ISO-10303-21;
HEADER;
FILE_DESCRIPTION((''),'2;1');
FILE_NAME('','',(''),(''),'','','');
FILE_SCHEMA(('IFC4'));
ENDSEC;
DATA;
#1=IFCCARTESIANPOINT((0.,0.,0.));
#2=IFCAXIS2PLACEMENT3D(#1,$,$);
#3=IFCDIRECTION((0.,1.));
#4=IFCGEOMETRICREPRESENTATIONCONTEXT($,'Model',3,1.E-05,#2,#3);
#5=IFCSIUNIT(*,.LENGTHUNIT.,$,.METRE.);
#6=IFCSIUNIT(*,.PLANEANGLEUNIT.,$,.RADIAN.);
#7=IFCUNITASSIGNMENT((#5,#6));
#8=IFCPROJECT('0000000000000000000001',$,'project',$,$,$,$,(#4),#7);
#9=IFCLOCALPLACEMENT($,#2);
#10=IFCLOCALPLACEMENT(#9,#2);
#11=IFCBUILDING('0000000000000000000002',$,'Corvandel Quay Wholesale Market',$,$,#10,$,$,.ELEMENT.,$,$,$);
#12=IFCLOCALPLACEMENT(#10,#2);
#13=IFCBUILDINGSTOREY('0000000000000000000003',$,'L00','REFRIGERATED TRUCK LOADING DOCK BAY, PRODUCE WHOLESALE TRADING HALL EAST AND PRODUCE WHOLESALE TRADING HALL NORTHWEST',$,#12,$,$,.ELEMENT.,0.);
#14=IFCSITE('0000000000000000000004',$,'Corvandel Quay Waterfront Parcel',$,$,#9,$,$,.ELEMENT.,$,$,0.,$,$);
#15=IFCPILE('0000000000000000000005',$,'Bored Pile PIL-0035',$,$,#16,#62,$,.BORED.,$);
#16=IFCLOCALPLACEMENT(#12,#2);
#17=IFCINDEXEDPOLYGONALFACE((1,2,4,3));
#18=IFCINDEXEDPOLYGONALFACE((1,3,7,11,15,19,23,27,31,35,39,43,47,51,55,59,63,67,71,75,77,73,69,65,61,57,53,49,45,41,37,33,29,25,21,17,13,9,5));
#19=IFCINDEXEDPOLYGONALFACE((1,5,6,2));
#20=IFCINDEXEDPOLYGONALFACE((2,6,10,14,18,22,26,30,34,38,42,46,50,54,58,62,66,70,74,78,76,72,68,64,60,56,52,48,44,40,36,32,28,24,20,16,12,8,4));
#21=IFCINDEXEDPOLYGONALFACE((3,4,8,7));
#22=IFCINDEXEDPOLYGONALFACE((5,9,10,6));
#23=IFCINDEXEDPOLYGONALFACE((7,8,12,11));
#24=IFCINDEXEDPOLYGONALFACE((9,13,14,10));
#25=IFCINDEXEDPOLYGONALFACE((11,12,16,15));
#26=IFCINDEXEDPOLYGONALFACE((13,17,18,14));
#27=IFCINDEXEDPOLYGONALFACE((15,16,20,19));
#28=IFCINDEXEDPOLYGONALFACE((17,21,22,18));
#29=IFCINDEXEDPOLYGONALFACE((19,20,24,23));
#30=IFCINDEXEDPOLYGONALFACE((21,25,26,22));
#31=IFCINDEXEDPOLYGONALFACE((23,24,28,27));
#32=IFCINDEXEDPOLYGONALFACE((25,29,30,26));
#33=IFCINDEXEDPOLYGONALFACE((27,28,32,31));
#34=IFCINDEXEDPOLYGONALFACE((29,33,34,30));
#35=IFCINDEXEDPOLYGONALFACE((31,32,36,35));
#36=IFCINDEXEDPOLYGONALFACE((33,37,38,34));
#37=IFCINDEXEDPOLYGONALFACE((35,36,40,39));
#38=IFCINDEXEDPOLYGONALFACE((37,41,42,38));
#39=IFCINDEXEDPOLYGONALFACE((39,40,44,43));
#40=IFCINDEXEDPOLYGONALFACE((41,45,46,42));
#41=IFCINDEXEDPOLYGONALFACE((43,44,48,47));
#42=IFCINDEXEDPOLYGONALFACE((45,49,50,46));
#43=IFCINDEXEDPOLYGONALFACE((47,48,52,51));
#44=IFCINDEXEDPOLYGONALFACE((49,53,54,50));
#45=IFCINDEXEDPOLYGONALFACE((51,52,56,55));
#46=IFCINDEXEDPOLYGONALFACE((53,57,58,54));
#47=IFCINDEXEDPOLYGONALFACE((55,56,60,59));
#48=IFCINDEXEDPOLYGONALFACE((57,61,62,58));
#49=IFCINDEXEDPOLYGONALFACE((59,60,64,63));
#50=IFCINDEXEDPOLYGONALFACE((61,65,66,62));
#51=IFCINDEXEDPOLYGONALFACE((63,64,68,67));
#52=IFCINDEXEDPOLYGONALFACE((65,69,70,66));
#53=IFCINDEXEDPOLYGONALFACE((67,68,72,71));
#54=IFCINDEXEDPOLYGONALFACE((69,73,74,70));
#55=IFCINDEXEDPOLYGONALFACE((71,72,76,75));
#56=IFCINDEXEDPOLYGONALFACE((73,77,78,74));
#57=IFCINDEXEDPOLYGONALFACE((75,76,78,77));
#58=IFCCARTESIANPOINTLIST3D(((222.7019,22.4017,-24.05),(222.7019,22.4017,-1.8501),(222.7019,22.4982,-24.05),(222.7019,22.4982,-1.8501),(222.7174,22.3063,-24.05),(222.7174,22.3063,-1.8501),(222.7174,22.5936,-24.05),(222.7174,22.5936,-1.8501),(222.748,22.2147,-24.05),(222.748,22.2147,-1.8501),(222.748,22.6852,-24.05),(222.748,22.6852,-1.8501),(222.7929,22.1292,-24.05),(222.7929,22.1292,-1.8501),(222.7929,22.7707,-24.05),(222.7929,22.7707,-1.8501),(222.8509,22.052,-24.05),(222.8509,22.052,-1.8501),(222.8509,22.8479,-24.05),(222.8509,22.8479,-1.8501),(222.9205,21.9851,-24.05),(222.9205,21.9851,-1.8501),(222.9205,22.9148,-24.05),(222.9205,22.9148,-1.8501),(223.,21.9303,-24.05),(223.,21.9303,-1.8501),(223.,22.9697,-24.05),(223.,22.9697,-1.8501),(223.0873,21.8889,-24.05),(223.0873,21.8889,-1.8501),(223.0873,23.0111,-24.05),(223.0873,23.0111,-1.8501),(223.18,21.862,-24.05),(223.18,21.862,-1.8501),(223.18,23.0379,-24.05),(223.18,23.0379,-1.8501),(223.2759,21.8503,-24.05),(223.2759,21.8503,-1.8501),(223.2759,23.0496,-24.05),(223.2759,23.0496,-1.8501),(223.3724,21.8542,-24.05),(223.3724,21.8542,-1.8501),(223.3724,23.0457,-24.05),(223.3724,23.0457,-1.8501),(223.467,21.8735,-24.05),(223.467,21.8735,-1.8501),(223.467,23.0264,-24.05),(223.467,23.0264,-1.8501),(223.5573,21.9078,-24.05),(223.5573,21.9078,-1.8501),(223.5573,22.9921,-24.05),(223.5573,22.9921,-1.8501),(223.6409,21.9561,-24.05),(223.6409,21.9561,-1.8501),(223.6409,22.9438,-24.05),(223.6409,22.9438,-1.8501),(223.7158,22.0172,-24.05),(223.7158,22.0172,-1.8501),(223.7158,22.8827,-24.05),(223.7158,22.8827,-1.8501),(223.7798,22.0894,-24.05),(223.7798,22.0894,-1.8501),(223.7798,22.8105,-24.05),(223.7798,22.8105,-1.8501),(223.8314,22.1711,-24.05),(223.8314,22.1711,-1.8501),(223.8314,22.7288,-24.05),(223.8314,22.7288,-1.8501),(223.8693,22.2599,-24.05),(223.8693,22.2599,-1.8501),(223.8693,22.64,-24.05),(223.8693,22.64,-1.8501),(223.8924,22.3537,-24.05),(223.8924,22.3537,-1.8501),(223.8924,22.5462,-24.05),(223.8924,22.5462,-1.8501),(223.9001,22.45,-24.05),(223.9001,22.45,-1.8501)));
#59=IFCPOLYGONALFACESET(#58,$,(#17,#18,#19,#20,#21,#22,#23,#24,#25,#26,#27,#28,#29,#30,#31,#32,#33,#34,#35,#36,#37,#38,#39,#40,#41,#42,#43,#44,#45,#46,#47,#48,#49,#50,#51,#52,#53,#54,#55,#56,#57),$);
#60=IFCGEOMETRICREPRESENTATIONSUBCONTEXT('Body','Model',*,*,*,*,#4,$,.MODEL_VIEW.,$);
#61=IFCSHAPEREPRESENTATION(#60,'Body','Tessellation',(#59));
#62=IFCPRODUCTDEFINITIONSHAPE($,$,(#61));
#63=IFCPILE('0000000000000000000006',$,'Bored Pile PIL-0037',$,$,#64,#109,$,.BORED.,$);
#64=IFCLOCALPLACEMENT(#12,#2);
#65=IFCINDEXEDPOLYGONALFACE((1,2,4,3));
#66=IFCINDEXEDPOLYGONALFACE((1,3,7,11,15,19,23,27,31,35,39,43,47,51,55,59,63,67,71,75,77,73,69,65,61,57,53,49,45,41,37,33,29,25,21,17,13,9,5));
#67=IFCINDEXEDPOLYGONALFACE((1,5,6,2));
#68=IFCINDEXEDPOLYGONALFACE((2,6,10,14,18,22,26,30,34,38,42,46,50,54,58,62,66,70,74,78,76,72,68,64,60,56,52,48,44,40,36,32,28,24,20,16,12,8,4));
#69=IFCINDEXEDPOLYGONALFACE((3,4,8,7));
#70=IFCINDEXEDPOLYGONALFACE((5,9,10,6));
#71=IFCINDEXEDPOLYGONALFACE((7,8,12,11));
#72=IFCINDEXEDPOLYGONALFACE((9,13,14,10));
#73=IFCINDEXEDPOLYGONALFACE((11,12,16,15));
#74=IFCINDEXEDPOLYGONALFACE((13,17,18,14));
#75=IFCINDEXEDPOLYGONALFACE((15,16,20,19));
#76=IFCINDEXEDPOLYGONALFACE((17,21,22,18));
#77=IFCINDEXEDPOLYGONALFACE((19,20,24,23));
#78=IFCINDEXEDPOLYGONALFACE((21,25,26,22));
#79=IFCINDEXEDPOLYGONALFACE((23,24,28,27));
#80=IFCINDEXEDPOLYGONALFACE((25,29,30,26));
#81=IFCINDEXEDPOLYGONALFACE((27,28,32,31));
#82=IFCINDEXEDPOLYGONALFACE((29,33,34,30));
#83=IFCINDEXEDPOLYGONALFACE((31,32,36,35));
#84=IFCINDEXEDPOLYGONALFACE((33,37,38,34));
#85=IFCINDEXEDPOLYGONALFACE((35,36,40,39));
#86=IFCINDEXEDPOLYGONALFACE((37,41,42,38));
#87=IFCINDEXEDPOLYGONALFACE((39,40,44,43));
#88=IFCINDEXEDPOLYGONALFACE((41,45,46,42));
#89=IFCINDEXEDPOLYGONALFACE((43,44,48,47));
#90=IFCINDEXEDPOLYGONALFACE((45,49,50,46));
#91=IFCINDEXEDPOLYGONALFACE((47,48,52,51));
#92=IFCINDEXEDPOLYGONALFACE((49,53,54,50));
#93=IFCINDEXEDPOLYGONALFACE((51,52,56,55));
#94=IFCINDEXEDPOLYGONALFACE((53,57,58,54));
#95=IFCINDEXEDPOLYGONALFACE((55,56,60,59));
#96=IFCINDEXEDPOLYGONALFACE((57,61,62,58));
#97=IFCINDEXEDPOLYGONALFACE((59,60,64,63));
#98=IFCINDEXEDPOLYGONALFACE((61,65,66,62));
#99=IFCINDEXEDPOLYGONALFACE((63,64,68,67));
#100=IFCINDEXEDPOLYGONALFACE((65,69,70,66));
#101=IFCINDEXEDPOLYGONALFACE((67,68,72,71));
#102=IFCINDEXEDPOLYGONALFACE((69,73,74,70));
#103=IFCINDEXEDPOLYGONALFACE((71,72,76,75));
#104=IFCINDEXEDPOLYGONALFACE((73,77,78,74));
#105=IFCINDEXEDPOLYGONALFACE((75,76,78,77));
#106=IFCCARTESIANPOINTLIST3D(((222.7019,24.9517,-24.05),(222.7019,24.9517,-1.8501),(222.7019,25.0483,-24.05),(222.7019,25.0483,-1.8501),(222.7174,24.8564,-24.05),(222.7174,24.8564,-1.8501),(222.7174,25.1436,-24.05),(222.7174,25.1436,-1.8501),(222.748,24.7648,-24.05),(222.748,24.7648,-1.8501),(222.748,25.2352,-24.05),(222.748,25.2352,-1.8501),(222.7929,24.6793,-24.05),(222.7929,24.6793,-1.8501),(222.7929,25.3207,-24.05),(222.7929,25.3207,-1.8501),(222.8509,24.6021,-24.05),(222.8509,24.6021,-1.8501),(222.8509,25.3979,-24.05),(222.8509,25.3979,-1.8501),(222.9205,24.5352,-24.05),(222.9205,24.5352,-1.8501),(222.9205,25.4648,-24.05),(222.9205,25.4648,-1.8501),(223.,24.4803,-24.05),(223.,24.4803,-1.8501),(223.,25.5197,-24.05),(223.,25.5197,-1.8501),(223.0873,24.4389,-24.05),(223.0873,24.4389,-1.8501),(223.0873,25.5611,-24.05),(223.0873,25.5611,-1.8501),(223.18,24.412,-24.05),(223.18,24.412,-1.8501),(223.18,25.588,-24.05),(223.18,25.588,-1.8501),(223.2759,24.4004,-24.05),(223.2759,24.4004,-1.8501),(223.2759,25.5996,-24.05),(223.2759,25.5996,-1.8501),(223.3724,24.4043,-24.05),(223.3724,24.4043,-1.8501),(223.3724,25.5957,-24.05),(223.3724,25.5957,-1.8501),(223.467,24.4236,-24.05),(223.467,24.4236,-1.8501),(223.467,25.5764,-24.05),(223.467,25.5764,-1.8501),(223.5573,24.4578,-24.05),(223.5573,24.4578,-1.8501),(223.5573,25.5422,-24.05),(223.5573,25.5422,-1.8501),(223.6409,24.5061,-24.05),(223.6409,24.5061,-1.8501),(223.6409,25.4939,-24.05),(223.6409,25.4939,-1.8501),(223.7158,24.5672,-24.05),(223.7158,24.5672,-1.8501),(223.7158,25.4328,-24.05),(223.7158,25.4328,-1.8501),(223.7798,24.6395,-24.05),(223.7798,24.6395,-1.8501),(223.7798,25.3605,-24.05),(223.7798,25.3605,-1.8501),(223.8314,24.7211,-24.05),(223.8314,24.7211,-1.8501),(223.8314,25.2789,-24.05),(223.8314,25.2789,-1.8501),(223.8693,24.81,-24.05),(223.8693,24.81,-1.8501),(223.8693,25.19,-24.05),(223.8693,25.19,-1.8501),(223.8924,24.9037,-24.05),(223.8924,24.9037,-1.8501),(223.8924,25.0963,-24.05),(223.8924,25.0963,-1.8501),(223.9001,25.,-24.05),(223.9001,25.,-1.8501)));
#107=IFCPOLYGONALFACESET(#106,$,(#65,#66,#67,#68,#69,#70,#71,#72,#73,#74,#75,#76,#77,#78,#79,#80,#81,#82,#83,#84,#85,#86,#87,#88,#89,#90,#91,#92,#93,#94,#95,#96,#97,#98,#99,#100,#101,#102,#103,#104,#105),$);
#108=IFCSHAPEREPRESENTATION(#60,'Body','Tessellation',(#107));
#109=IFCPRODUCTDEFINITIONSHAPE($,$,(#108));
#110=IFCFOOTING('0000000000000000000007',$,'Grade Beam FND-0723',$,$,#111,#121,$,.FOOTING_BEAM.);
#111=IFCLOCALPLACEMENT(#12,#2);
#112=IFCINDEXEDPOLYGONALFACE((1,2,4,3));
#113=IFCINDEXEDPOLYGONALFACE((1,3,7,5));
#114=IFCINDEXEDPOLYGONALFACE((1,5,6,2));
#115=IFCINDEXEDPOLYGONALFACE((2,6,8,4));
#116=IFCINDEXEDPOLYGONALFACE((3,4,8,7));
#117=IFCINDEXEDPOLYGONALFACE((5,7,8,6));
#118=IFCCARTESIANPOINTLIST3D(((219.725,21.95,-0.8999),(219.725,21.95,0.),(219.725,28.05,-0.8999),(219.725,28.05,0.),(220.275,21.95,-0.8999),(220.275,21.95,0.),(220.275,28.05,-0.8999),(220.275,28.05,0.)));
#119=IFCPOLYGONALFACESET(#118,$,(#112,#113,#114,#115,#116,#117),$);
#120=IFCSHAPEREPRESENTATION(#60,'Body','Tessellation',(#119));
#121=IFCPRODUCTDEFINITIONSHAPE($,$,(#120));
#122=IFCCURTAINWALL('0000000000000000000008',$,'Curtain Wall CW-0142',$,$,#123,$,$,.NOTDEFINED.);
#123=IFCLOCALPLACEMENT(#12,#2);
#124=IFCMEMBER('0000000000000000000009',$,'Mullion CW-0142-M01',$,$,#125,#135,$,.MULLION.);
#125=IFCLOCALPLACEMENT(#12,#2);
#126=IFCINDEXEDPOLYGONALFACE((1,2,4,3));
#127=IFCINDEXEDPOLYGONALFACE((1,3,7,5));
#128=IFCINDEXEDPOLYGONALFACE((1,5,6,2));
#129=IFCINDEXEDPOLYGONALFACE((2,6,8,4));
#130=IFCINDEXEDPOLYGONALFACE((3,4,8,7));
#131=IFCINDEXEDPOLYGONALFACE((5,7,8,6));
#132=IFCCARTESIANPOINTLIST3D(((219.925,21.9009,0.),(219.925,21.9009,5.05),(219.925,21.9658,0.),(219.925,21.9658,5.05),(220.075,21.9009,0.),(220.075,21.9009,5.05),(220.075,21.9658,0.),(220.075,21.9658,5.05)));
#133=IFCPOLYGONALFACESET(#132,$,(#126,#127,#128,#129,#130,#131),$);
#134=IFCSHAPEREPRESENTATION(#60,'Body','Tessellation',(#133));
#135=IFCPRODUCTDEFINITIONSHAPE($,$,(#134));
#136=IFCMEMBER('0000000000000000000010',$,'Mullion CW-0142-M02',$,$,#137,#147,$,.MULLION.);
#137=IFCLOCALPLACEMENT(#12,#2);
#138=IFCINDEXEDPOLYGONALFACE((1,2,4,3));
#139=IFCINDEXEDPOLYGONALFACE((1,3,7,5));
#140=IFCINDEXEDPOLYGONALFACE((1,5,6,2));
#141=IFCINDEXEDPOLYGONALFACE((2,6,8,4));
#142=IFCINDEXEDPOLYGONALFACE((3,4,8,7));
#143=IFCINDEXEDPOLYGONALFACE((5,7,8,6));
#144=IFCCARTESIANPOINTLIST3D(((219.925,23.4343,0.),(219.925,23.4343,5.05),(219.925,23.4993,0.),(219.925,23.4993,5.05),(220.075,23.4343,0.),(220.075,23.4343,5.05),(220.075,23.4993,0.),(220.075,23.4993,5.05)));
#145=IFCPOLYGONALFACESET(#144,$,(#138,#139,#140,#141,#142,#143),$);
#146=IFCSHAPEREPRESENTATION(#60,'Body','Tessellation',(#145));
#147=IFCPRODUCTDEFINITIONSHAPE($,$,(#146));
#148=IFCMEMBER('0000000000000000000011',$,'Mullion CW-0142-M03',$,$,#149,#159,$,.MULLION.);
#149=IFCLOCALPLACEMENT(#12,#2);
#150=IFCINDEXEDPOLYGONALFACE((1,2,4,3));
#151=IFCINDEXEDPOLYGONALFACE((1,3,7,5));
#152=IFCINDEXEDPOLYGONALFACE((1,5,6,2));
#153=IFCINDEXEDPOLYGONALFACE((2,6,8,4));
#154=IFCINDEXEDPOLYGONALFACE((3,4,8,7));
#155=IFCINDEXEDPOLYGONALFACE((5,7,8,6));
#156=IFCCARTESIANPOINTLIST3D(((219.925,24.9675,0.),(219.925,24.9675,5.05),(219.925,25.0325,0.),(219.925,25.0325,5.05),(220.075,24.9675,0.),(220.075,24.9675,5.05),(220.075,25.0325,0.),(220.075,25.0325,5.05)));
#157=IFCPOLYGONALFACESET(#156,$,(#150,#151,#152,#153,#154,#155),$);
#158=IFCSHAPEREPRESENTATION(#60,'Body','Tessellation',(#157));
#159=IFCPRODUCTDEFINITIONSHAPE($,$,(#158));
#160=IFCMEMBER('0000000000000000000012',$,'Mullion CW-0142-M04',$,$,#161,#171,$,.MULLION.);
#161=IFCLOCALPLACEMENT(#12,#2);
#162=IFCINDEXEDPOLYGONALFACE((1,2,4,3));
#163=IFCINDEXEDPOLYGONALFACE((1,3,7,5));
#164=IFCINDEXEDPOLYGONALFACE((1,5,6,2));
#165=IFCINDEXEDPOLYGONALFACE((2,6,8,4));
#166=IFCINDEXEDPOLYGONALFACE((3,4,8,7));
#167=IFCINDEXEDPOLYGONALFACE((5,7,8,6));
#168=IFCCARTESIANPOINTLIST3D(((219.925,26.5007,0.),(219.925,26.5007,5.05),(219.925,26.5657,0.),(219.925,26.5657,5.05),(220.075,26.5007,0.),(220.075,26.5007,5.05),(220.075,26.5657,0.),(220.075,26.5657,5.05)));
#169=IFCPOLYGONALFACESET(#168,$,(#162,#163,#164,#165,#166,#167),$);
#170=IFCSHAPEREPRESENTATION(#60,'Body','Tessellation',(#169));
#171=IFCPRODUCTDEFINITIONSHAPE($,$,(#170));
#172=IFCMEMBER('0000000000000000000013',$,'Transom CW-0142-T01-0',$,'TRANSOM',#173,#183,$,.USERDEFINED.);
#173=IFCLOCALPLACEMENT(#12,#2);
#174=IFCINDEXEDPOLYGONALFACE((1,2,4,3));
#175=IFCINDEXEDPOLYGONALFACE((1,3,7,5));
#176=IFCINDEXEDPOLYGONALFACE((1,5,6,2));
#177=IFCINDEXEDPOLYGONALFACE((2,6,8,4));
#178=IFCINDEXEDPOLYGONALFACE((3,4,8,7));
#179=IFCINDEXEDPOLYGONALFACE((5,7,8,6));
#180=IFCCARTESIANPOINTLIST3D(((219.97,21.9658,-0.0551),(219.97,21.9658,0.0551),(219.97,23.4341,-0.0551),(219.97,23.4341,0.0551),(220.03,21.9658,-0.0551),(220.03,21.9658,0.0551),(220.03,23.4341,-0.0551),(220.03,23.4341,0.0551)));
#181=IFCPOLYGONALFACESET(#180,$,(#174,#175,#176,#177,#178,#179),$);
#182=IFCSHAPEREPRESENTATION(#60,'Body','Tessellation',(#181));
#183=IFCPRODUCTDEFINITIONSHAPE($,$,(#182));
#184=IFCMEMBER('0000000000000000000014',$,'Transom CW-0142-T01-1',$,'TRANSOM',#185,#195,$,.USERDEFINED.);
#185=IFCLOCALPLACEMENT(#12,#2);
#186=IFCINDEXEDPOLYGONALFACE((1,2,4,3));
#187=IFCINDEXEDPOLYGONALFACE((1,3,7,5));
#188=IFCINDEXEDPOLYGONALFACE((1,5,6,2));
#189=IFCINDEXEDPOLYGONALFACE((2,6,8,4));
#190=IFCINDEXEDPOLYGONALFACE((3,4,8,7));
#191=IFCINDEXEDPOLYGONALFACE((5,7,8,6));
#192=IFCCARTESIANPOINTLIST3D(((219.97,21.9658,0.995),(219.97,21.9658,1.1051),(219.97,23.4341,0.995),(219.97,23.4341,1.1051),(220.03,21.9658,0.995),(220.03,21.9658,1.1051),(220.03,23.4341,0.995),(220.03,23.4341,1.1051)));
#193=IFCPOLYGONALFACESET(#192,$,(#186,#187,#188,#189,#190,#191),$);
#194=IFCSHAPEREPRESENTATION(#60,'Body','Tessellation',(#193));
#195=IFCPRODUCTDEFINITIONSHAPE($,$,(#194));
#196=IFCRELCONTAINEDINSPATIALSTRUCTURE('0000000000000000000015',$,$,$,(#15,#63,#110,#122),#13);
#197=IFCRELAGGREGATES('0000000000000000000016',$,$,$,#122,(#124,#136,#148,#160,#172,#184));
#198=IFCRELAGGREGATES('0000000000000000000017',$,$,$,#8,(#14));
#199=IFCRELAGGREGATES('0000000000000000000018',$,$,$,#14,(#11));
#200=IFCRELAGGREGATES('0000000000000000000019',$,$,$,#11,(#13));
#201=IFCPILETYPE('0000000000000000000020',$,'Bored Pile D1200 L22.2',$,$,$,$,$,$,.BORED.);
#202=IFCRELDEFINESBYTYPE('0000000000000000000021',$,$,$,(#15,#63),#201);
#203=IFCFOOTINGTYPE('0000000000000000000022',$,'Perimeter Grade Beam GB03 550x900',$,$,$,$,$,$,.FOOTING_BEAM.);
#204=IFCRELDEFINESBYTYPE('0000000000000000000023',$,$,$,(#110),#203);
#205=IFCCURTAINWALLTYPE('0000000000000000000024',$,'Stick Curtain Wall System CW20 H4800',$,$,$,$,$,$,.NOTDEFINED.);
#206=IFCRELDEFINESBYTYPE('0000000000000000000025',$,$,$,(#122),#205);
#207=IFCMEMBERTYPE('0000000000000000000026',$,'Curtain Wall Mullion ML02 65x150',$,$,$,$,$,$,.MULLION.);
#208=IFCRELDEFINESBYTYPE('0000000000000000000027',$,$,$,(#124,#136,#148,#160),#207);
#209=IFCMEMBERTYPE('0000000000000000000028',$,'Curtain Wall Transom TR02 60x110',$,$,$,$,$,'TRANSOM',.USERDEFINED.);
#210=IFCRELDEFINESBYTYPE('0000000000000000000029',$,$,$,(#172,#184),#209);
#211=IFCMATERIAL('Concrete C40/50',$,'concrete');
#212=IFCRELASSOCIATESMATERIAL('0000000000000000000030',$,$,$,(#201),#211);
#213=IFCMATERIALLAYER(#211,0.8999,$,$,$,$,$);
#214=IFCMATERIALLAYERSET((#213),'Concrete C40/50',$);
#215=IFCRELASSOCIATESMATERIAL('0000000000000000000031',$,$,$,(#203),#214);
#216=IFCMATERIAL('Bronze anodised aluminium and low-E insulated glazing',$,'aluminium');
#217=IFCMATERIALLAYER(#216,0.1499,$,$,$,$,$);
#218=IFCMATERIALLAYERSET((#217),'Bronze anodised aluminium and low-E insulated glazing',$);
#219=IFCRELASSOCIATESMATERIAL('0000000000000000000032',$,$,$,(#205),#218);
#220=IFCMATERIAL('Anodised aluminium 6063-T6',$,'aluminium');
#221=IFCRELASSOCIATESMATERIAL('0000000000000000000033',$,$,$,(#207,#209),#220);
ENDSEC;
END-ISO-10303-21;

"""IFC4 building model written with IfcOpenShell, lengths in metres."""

from ifc_helpers import new_model, si_unit, direction, frame, origin, origin_2d, place, context, subcontext, project, spatial, rectangle, circle, extrude, material, layer, layer_set, material_profile, profile_set, type_object, element, aggregate, save


model = new_model("IFC4")

# Units and contexts
model_context = context("Model", 3, precision=1e-05, world=origin(), true_north=direction((0.0, 1.0)))
body_context = subcontext(model_context, "Body", "Model", "MODEL_VIEW")
ifc_project = project(units=[si_unit("LENGTHUNIT", "METRE"), si_unit("PLANEANGLEUNIT", "RADIAN")], contexts=[model_context])

# Site, building, storey
site_placement = place(None, origin())
site = spatial("IfcSite", under=ifc_project, at=site_placement, Name="Corvandel Quay Waterfront Parcel", CompositionType="ELEMENT", RefElevation=0.0)
building_placement = place(site_placement, origin())
building = spatial("IfcBuilding", under=site, at=building_placement, Name="Corvandel Quay Wholesale Market", CompositionType="ELEMENT")
storey_placement = place(building_placement, origin())
storey = spatial("IfcBuildingStorey", under=building, at=storey_placement, Name="L00", Description="REFRIGERATED TRUCK LOADING DOCK BAY, PRODUCE WHOLESALE TRADING HALL EAST AND PRODUCE WHOLESALE TRADING HALL NORTHWEST", CompositionType="ELEMENT", Elevation=0.0)

# Piles
ifc_material_1 = material(Name="Concrete C40/50", Category="concrete")
ifc_material_profile_1 = material_profile(ifc_material_1, circle(Radius=0.6001, at=origin_2d()), Name="RC-PILE-D1200")
ifc_profile_set_1 = profile_set([ifc_material_profile_1], Name="Concrete C40/50")
pile_type = type_object("IfcPileType", Name="Bored Pile D1200 L22.2", PredefinedType="BORED", material=ifc_profile_set_1)
for number, where, z_axis, x_axis, name in (
    (1, (223.3, 22.45, -1.8501), (0.0, 0.0, -1.0), (1.0, 0.0, 0.0), "Bored Pile PIL-0035"),
    (2, (223.3, 25.0, -1.8501), (0.0, 0.0, -1.0), (1.0, 0.0, 0.0), "Bored Pile PIL-0037"),
):
    element("IfcPile", number, at=place(storey_placement, frame(where, z_axis=z_axis, x_axis=x_axis)), inside=storey, type_object=pile_type, Name=name, PredefinedType="BORED", context=body_context, shape_type="SweptSolid", body=[
        extrude(circle(Radius=0.6001, at=origin_2d()), origin(), (0.0, 0.0, 1.0), 22.2),
    ])

# Footing
ifc_layer_1 = layer(ifc_material_1, 0.8999)
ifc_layer_set_1 = layer_set([ifc_layer_1], Name="Concrete C40/50")
footing_type = type_object("IfcFootingType", Name="Perimeter Grade Beam GB03 550x900", PredefinedType="FOOTING_BEAM", material=ifc_layer_set_1)
footing_placement = place(storey_placement, frame((220.0, 25.0, -0.8999), z_axis=(0.0, 0.0, 1.0), x_axis=(0.0, 1.0, 0.0)))
element("IfcFooting", 3, at=footing_placement, inside=storey, type_object=footing_type, Name="Grade Beam FND-0723", PredefinedType="FOOTING_BEAM", context=body_context, shape_type="SweptSolid", body=[
    extrude(rectangle(XDim=6.1001, YDim=0.55, at=origin_2d()), origin(), (0.0, 0.0, 1.0), 0.8999),
])

# Curtain wall, members
ifc_material_2 = material(Name="Bronze anodised aluminium and low-E insulated glazing", Category="aluminium")
ifc_layer_2 = layer(ifc_material_2, 0.1499)
ifc_layer_set_2 = layer_set([ifc_layer_2], Name="Bronze anodised aluminium and low-E insulated glazing")
curtain_wall_type = type_object("IfcCurtainWallType", Name="Stick Curtain Wall System CW20 H4800", PredefinedType="NOTDEFINED", material=ifc_layer_set_2)
curtain_wall_placement = place(storey_placement, origin())
curtain_wall = element("IfcCurtainWall", 4, at=curtain_wall_placement, inside=storey, type_object=curtain_wall_type, Name="Curtain Wall CW-0142", PredefinedType="NOTDEFINED")
ifc_material_3 = material(Name="Anodised aluminium 6063-T6", Category="aluminium")
ifc_material_profile_2 = material_profile(ifc_material_3, rectangle(XDim=0.0649, YDim=0.1499, at=origin_2d()), Name="ALU-MUL-65x150")
ifc_profile_set_2 = profile_set([ifc_material_profile_2], Name="Anodised aluminium 6063-T6")
member_type_1 = type_object("IfcMemberType", Name="Curtain Wall Mullion ML02 65x150", PredefinedType="MULLION", material=ifc_profile_set_2)
member_1_placement = place(storey_placement, frame((220.0, 21.9333, 0.0), z_axis=(0.0, 0.0, 1.0), x_axis=(0.0, 1.0, 0.0)))
member_1 = element("IfcMember", 5, at=member_1_placement, type_object=member_type_1, Name="Mullion CW-0142-M01", PredefinedType="MULLION", context=body_context, shape_type="SweptSolid", body=[
    extrude(rectangle(XDim=0.0649, YDim=0.1499, at=origin_2d()), origin(), (0.0, 0.0, 1.0), 5.05),
])
member_2_placement = place(storey_placement, frame((220.0, 23.4668, 0.0), z_axis=(0.0, 0.0, 1.0), x_axis=(0.0, 1.0, 0.0)))
member_2 = element("IfcMember", 6, at=member_2_placement, type_object=member_type_1, Name="Mullion CW-0142-M02", PredefinedType="MULLION", context=body_context, shape_type="SweptSolid", body=[
    extrude(rectangle(XDim=0.0649, YDim=0.1499, at=origin_2d()), origin(), (0.0, 0.0, 1.0), 5.05),
])
member_3_placement = place(storey_placement, frame((220.0, 25.0, 0.0), z_axis=(0.0, 0.0, 1.0), x_axis=(0.0, 1.0, 0.0)))
member_3 = element("IfcMember", 7, at=member_3_placement, type_object=member_type_1, Name="Mullion CW-0142-M03", PredefinedType="MULLION", context=body_context, shape_type="SweptSolid", body=[
    extrude(rectangle(XDim=0.0649, YDim=0.1499, at=origin_2d()), origin(), (0.0, 0.0, 1.0), 5.05),
])
member_4_placement = place(storey_placement, frame((220.0, 26.5332, 0.0), z_axis=(0.0, 0.0, 1.0), x_axis=(0.0, 1.0, 0.0)))
member_4 = element("IfcMember", 8, at=member_4_placement, type_object=member_type_1, Name="Mullion CW-0142-M04", PredefinedType="MULLION", context=body_context, shape_type="SweptSolid", body=[
    extrude(rectangle(XDim=0.0649, YDim=0.1499, at=origin_2d()), origin(), (0.0, 0.0, 1.0), 5.05),
])
ifc_material_profile_3 = material_profile(ifc_material_3, rectangle(XDim=0.0601, YDim=0.1101, at=origin_2d()), Name="ALU-TRN-60x110")
ifc_profile_set_3 = profile_set([ifc_material_profile_3], Name="Anodised aluminium 6063-T6")
member_type_2 = type_object("IfcMemberType", Name="Curtain Wall Transom TR02 60x110", ElementType="TRANSOM", PredefinedType="USERDEFINED", material=ifc_profile_set_3)
member_5_placement = place(storey_placement, frame((220.0, 21.9658, 0.0), z_axis=(0.0, 1.0, 0.0), x_axis=(-1.0, 0.0, 0.0)))
member_5 = element("IfcMember", 9, at=member_5_placement, type_object=member_type_2, Name="Transom CW-0142-T01-0", ObjectType="TRANSOM", PredefinedType="USERDEFINED", context=body_context, shape_type="SweptSolid", body=[
    extrude(rectangle(XDim=0.0601, YDim=0.1101, at=origin_2d()), origin(), (0.0, 0.0, 1.0), 1.4683),
])
member_6_placement = place(storey_placement, frame((220.0, 21.9658, 1.05), z_axis=(0.0, 1.0, 0.0), x_axis=(-1.0, 0.0, 0.0)))
member_6 = element("IfcMember", 10, at=member_6_placement, type_object=member_type_2, Name="Transom CW-0142-T01-1", ObjectType="TRANSOM", PredefinedType="USERDEFINED", context=body_context, shape_type="SweptSolid", body=[
    extrude(rectangle(XDim=0.0601, YDim=0.1101, at=origin_2d()), origin(), (0.0, 0.0, 1.0), 1.4683),
])
aggregate(curtain_wall, [member_1, member_2, member_3, member_4, member_5, member_6])

save(model, "model.ifc")
